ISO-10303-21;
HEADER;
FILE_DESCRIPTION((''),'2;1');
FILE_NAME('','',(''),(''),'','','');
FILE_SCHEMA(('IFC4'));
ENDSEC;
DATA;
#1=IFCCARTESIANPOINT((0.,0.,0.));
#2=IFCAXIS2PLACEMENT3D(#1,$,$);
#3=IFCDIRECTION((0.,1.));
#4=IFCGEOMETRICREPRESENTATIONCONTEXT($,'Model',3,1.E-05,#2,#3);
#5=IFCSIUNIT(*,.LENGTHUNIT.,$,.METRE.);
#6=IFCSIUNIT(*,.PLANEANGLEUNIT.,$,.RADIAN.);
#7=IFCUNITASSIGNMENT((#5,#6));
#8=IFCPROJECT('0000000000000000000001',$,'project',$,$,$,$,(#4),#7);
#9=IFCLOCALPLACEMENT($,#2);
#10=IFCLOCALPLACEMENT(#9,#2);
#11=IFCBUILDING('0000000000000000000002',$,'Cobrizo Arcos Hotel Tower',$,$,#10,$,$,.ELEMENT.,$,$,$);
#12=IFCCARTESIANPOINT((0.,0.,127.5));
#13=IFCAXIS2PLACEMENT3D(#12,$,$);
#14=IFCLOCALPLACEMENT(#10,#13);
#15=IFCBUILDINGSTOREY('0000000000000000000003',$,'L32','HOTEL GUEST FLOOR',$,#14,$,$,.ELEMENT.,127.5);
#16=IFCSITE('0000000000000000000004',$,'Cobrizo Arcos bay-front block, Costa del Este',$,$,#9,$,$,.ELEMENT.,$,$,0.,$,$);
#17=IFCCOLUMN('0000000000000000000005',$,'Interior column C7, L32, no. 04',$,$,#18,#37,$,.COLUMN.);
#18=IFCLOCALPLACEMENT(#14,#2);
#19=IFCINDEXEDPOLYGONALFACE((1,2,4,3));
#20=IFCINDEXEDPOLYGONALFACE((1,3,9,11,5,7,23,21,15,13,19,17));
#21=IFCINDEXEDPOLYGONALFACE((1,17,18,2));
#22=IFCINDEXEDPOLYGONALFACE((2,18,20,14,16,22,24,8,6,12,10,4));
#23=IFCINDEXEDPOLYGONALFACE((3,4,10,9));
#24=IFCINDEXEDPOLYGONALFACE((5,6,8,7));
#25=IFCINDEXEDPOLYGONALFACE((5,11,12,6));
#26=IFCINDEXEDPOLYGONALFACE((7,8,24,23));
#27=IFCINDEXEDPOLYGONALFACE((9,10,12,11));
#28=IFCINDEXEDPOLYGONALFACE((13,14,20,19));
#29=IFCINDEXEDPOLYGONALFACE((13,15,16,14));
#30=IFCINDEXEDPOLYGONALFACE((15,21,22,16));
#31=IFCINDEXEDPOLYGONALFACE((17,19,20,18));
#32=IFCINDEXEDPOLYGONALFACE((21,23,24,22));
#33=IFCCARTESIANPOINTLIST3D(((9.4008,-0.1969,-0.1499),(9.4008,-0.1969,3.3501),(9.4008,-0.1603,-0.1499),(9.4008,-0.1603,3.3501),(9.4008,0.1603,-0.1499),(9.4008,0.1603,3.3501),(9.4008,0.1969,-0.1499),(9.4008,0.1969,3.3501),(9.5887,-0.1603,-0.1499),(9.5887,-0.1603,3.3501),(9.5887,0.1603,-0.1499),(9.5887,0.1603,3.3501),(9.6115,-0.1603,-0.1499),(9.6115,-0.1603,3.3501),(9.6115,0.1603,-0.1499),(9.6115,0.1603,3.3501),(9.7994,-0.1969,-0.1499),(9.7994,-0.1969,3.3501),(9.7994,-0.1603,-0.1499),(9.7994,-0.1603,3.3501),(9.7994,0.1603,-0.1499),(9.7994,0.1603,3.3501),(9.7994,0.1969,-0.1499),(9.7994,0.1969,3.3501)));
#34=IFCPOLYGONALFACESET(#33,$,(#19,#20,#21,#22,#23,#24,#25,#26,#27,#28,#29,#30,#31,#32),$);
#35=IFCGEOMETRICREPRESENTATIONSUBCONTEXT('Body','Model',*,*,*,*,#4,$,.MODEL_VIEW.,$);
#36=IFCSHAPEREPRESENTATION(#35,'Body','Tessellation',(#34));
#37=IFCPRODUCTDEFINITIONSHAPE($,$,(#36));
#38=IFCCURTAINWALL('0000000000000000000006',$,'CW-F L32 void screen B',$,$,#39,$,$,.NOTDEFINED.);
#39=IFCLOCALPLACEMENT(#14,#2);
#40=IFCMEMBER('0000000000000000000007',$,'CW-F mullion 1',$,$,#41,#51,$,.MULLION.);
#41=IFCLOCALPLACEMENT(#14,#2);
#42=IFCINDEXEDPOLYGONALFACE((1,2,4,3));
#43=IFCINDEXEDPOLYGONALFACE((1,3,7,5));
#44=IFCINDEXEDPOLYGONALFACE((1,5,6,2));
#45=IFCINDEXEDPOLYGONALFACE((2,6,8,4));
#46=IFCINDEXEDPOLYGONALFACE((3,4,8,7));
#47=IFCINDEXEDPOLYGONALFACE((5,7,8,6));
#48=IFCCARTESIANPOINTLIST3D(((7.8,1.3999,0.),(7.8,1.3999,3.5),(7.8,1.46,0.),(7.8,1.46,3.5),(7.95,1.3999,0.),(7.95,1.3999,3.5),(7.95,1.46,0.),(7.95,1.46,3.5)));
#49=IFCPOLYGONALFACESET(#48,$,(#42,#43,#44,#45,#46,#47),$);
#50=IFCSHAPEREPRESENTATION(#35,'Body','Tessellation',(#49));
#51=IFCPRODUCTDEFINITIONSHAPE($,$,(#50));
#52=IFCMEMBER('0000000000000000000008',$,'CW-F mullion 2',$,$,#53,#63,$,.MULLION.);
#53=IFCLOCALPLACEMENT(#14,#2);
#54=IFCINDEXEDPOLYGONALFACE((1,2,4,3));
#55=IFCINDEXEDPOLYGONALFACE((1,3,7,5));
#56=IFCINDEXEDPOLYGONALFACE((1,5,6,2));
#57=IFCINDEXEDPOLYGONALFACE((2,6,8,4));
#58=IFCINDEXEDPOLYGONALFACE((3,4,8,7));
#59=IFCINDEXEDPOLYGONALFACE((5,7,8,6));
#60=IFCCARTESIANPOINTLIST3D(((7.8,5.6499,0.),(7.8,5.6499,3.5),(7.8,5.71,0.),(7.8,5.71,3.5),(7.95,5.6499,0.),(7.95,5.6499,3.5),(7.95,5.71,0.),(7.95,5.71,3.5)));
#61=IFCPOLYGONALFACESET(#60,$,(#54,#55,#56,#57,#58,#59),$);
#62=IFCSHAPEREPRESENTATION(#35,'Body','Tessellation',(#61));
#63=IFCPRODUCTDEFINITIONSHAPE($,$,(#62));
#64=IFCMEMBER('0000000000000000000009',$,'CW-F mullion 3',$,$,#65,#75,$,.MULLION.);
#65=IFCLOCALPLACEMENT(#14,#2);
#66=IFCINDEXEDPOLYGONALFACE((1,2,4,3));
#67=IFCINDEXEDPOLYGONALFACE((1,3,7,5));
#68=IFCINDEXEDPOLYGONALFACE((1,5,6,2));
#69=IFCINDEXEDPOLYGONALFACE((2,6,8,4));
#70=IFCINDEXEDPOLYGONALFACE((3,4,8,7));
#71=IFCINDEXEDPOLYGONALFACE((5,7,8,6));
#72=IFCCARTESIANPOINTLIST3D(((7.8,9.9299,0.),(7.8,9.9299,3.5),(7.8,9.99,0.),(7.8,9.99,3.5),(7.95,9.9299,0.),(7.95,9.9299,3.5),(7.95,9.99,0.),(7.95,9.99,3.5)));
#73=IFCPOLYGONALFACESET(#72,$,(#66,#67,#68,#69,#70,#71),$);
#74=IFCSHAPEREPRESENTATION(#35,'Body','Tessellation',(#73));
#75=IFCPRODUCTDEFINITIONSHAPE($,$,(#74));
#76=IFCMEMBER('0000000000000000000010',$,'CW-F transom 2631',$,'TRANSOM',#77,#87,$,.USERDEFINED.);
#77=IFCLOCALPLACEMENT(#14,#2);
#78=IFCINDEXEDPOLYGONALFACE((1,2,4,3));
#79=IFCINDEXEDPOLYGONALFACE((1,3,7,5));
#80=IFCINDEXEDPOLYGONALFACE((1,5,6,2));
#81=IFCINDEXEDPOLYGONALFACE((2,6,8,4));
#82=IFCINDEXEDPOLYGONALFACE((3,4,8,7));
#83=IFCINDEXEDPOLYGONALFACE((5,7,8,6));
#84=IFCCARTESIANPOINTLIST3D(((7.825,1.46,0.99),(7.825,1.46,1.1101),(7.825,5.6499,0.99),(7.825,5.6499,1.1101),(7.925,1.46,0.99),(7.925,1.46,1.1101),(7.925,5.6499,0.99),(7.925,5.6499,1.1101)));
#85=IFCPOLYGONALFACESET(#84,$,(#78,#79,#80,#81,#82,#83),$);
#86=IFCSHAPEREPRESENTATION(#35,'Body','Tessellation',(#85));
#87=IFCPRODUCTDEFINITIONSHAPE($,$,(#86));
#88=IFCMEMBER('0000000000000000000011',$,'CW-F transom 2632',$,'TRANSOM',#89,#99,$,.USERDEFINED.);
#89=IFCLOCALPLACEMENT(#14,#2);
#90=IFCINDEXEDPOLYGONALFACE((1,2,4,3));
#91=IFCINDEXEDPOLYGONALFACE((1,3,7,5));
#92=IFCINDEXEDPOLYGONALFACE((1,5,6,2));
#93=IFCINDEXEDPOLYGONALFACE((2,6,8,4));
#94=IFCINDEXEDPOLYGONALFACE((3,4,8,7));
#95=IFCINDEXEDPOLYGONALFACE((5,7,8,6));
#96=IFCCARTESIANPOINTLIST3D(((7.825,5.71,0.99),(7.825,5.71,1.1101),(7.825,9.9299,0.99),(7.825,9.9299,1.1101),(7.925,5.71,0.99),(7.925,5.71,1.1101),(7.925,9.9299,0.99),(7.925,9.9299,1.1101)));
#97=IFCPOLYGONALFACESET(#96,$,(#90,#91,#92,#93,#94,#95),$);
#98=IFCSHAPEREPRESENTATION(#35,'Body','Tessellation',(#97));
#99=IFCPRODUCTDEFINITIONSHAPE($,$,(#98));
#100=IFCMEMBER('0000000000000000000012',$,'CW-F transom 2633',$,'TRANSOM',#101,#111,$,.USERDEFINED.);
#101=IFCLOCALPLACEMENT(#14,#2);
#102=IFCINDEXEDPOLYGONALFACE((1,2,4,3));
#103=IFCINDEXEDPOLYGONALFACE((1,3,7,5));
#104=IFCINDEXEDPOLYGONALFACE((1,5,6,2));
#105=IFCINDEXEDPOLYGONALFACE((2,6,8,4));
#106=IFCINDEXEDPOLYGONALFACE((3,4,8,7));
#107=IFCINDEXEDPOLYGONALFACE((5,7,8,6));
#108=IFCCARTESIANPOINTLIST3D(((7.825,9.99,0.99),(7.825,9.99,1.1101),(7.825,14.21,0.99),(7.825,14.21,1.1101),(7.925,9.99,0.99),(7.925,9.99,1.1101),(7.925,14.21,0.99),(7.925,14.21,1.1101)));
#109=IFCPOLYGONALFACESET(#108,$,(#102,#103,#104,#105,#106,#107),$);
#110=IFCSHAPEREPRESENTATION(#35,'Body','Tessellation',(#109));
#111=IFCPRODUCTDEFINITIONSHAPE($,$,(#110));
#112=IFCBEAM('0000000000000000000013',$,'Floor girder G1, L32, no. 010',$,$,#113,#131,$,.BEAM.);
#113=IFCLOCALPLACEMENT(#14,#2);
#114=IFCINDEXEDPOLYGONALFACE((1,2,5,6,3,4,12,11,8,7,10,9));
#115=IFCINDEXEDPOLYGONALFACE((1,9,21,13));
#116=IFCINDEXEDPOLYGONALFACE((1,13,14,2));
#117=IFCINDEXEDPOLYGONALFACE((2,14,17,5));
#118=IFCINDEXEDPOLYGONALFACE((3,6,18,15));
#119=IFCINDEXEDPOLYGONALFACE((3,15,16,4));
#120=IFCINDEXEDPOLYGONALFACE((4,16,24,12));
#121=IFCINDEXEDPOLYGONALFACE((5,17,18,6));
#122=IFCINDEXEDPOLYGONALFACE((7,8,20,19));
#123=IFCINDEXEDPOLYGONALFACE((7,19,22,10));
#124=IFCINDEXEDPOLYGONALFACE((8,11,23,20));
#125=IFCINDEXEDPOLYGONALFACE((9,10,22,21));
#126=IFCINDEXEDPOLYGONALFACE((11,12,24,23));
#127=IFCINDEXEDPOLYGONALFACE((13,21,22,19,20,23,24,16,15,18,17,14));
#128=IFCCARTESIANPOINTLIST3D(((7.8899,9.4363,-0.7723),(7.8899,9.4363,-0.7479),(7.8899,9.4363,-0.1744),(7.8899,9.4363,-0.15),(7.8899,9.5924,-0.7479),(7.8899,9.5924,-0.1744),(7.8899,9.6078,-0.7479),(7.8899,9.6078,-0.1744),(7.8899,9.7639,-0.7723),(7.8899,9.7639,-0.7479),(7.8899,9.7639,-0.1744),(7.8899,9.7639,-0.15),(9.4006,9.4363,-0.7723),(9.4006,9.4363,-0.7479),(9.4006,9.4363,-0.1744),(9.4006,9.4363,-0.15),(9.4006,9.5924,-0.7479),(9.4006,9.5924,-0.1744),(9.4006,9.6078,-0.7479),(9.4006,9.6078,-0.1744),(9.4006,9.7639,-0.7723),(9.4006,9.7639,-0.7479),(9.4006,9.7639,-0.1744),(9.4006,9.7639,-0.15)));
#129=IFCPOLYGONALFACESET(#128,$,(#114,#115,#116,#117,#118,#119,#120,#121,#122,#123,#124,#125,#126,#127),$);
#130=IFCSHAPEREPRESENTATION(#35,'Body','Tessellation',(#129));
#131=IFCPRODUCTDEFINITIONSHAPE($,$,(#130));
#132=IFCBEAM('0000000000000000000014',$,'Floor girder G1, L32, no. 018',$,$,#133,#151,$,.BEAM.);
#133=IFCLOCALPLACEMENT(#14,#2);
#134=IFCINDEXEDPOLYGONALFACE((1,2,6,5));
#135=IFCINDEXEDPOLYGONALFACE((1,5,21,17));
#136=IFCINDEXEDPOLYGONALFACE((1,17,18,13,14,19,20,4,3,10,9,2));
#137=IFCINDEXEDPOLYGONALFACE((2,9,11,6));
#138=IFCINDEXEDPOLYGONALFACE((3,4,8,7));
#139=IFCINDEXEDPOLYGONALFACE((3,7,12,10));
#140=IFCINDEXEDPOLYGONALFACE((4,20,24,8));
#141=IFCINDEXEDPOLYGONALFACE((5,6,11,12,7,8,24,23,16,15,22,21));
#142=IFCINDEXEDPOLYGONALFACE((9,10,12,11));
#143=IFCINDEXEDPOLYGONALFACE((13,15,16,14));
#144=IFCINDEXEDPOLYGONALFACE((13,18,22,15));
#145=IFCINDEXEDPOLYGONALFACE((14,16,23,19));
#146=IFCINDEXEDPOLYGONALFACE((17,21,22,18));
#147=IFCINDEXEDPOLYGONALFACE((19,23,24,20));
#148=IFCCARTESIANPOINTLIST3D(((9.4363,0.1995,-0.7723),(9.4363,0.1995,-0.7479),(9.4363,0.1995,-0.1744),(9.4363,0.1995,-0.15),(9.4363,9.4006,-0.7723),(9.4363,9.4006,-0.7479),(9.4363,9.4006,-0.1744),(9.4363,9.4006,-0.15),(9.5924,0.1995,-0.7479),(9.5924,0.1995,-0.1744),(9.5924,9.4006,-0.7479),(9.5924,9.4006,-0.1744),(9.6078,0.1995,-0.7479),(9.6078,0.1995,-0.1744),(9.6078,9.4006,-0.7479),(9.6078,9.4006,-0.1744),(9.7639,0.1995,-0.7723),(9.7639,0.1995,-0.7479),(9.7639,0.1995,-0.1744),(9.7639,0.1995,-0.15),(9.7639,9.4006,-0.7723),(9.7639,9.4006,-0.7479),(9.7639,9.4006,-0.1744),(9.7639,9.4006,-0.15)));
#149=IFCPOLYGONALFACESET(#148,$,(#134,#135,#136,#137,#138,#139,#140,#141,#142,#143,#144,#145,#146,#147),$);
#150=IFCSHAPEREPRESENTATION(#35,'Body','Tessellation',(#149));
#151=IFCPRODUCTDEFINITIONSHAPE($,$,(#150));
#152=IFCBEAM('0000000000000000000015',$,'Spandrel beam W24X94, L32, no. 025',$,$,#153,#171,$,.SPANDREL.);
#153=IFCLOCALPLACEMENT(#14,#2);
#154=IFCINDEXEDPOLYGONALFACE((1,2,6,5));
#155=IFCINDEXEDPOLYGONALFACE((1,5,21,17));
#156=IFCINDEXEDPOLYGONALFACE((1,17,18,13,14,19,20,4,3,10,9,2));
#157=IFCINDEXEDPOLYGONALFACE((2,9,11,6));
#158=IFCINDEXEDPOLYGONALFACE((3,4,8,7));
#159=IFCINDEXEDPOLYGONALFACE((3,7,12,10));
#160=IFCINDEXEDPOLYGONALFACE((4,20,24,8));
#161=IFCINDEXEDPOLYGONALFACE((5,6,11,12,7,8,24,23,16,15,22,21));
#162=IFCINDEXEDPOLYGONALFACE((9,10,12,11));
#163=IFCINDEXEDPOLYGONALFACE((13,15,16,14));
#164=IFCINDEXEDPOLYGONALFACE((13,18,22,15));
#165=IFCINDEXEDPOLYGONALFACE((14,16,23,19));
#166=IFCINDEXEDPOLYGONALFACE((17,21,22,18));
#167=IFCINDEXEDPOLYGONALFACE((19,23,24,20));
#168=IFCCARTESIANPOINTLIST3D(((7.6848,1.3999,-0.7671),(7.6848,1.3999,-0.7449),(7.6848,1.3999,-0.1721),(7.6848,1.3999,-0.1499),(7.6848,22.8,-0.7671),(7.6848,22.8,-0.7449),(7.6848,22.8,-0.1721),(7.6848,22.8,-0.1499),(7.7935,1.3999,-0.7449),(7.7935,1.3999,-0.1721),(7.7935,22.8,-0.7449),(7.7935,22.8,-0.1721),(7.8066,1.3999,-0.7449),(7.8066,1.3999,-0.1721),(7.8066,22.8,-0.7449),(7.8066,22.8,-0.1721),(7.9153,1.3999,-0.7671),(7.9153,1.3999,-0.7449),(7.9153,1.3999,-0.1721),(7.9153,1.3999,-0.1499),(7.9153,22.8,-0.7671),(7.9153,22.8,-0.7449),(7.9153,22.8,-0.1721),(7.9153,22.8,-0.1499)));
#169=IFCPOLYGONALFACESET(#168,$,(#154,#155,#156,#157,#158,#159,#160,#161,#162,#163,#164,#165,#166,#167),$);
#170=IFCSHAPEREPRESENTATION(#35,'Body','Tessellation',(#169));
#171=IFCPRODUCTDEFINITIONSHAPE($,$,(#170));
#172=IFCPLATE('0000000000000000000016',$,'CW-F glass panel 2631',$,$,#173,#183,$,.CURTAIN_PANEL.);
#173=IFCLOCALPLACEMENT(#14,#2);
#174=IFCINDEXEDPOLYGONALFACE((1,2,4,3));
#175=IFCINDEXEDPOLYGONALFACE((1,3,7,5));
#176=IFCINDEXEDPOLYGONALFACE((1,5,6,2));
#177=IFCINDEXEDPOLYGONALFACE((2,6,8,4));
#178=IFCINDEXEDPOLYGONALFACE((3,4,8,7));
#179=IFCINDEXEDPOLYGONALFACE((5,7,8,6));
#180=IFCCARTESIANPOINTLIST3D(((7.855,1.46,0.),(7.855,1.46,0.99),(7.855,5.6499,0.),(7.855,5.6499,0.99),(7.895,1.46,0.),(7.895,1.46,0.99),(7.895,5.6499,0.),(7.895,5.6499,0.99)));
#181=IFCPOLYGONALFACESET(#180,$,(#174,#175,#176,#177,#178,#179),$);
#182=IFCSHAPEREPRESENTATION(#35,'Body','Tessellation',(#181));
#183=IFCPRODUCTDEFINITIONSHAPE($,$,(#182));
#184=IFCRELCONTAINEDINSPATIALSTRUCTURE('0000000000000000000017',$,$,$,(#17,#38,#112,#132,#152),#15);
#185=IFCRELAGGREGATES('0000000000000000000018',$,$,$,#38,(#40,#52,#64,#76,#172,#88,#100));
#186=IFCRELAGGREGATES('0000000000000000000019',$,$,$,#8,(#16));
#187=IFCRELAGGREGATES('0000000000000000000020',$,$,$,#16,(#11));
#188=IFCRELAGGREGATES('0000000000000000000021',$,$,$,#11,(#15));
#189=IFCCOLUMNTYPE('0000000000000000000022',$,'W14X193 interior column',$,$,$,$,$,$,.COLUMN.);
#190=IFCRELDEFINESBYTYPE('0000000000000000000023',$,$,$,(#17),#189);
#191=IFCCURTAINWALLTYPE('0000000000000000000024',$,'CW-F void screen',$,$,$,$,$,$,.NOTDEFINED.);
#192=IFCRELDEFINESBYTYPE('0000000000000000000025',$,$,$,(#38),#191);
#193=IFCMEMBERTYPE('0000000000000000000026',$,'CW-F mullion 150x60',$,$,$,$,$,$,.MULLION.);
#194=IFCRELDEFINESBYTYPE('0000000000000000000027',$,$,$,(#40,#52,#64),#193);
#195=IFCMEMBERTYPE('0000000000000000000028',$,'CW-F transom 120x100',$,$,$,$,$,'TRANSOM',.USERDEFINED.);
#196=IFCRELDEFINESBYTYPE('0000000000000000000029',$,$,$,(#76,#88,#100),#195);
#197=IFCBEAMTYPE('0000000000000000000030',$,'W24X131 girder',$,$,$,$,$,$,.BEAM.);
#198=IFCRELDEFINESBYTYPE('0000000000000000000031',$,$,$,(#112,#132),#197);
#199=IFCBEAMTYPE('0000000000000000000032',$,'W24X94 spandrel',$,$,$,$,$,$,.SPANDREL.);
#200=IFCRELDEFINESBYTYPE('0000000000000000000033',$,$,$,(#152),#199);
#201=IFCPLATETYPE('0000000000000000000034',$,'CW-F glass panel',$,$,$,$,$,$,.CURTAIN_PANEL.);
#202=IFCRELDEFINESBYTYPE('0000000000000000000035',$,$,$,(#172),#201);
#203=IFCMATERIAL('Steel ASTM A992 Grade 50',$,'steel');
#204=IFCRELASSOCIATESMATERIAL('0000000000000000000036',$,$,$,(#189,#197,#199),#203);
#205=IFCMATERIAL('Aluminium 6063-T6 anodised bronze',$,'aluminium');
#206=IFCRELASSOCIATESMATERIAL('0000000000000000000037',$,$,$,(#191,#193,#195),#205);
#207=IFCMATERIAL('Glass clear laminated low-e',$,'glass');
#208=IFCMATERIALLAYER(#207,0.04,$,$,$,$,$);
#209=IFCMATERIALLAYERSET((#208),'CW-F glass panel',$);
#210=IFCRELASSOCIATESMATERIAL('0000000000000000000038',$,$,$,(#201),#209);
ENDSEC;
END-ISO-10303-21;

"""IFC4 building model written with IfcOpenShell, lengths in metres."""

from ifc_helpers import new_model, si_unit, direction, frame, origin, origin_2d, place, context, subcontext, project, spatial, rectangle, i_section, extrude, material, layer, layer_set, material_profile, profile_set, type_object, element, aggregate, save


model = new_model("IFC4")

# Units and contexts
model_context = context("Model", 3, precision=1e-05, world=origin(), true_north=direction((0.0, 1.0)))
body_context = subcontext(model_context, "Body", "Model", "MODEL_VIEW")
ifc_project = project(units=[si_unit("LENGTHUNIT", "METRE"), si_unit("PLANEANGLEUNIT", "RADIAN")], contexts=[model_context])

# Site, building, storey
site_placement = place(None, origin())
site = spatial("IfcSite", under=ifc_project, at=site_placement, Name="Cobrizo Arcos bay-front block, Costa del Este", CompositionType="ELEMENT", RefElevation=0.0)
building_placement = place(site_placement, origin())
building = spatial("IfcBuilding", under=site, at=building_placement, Name="Cobrizo Arcos Hotel Tower", CompositionType="ELEMENT")
storey_placement = place(building_placement, frame((0.0, 0.0, 127.5)))
storey = spatial("IfcBuildingStorey", under=building, at=storey_placement, Name="L32", Description="HOTEL GUEST FLOOR", CompositionType="ELEMENT", Elevation=127.5)

# Column
ifc_material_1 = material(Name="Steel ASTM A992 Grade 50", Category="steel")
ifc_material_profile_1 = material_profile(ifc_material_1, i_section(OverallWidth=0.3987, OverallDepth=0.3938, WebThickness=0.0227, FlangeThickness=0.0366, at=origin_2d()), Name="W14X193")
ifc_profile_set_1 = profile_set([ifc_material_profile_1], Name="Steel ASTM A992 Grade 50")
column_type = type_object("IfcColumnType", Name="W14X193 interior column", PredefinedType="COLUMN", material=ifc_profile_set_1)
column_placement = place(storey_placement, frame((9.6001, 0.0, -0.1499), z_axis=(0.0, 0.0, 1.0), x_axis=(1.0, 0.0, 0.0)))
element("IfcColumn", 1, at=column_placement, inside=storey, type_object=column_type, Name="Interior column C7, L32, no. 04", PredefinedType="COLUMN", context=body_context, shape_type="SweptSolid", body=[
    extrude(i_section(OverallWidth=0.3987, OverallDepth=0.3938, WebThickness=0.0227, FlangeThickness=0.0366, at=origin_2d()), origin(), (0.0, 0.0, 1.0), 3.5),
])

# Curtain wall, members
ifc_material_2 = material(Name="Aluminium 6063-T6 anodised bronze", Category="aluminium")
curtain_wall_type = type_object("IfcCurtainWallType", Name="CW-F void screen", PredefinedType="NOTDEFINED", material=ifc_material_2)
curtain_wall_placement = place(storey_placement, origin())
curtain_wall = element("IfcCurtainWall", 2, at=curtain_wall_placement, inside=storey, type_object=curtain_wall_type, Name="CW-F L32 void screen B", PredefinedType="NOTDEFINED")
ifc_material_profile_2 = material_profile(ifc_material_2, rectangle(XDim=0.1499, YDim=0.0601, at=origin_2d()), Name="CW-F mullion 150x60")
ifc_profile_set_2 = profile_set([ifc_material_profile_2], Name="Aluminium 6063-T6 anodised bronze")
member_type_1 = type_object("IfcMemberType", Name="CW-F mullion 150x60", PredefinedType="MULLION", material=ifc_profile_set_2)
member_1_placement = place(storey_placement, frame((7.875, 1.4299, 0.0), z_axis=(0.0, 0.0, 1.0), x_axis=(1.0, 0.0, 0.0)))
member_1 = element("IfcMember", 3, at=member_1_placement, type_object=member_type_1, Name="CW-F mullion 1", PredefinedType="MULLION", context=body_context, shape_type="SweptSolid", body=[
    extrude(rectangle(XDim=0.1499, YDim=0.0601, at=origin_2d()), origin(), (0.0, 0.0, 1.0), 3.5),
])
member_2_placement = place(storey_placement, frame((7.875, 5.6799, 0.0), z_axis=(0.0, 0.0, 1.0), x_axis=(1.0, 0.0, 0.0)))
member_2 = element("IfcMember", 4, at=member_2_placement, type_object=member_type_1, Name="CW-F mullion 2", PredefinedType="MULLION", context=body_context, shape_type="SweptSolid", body=[
    extrude(rectangle(XDim=0.1499, YDim=0.0601, at=origin_2d()), origin(), (0.0, 0.0, 1.0), 3.5),
])
member_3_placement = place(storey_placement, frame((7.875, 9.96, 0.0), z_axis=(0.0, 0.0, 1.0), x_axis=(1.0, 0.0, 0.0)))
member_3 = element("IfcMember", 5, at=member_3_placement, type_object=member_type_1, Name="CW-F mullion 3", PredefinedType="MULLION", context=body_context, shape_type="SweptSolid", body=[
    extrude(rectangle(XDim=0.1499, YDim=0.0601, at=origin_2d()), origin(), (0.0, 0.0, 1.0), 3.5),
])
ifc_material_profile_3 = material_profile(ifc_material_2, rectangle(XDim=0.1001, YDim=0.1201, at=origin_2d()), Name="CW-F transom 120x100")
ifc_profile_set_3 = profile_set([ifc_material_profile_3], Name="Aluminium 6063-T6 anodised bronze")
member_type_2 = type_object("IfcMemberType", Name="CW-F transom 120x100", ElementType="TRANSOM", PredefinedType="USERDEFINED", material=ifc_profile_set_3)
member_4_placement = place(storey_placement, frame((7.875, 1.46, 1.05), z_axis=(0.0, 1.0, 0.0), x_axis=(-1.0, 0.0, 0.0)))
member_4 = element("IfcMember", 6, at=member_4_placement, type_object=member_type_2, Name="CW-F transom 2631", ObjectType="TRANSOM", PredefinedType="USERDEFINED", context=body_context, shape_type="SweptSolid", body=[
    extrude(rectangle(XDim=0.1001, YDim=0.1201, at=origin_2d()), origin(), (0.0, 0.0, 1.0), 4.1899),
])
member_5_placement = place(storey_placement, frame((7.875, 5.71, 1.05), z_axis=(0.0, 1.0, 0.0), x_axis=(-1.0, 0.0, 0.0)))
member_5 = element("IfcMember", 7, at=member_5_placement, type_object=member_type_2, Name="CW-F transom 2632", ObjectType="TRANSOM", PredefinedType="USERDEFINED", context=body_context, shape_type="SweptSolid", body=[
    extrude(rectangle(XDim=0.1001, YDim=0.1201, at=origin_2d()), origin(), (0.0, 0.0, 1.0), 4.22),
])
member_6_placement = place(storey_placement, frame((7.875, 9.99, 1.05), z_axis=(0.0, 1.0, 0.0), x_axis=(-1.0, 0.0, 0.0)))
member_6 = element("IfcMember", 8, at=member_6_placement, type_object=member_type_2, Name="CW-F transom 2633", ObjectType="TRANSOM", PredefinedType="USERDEFINED", context=body_context, shape_type="SweptSolid", body=[
    extrude(rectangle(XDim=0.1001, YDim=0.1201, at=origin_2d()), origin(), (0.0, 0.0, 1.0), 4.22),
])

# Beams
ifc_material_profile_4 = material_profile(ifc_material_1, i_section(OverallWidth=0.3276, OverallDepth=0.6223, WebThickness=0.0154, FlangeThickness=0.0244, at=origin_2d()), Name="W24X131")
ifc_profile_set_4 = profile_set([ifc_material_profile_4], Name="Steel ASTM A992 Grade 50")
beam_type_1 = type_object("IfcBeamType", Name="W24X131 girder", PredefinedType="BEAM", material=ifc_profile_set_4)
beam_1_placement = place(storey_placement, frame((7.8899, 9.6001, -0.4612), z_axis=(1.0, 0.0, 0.0), x_axis=(0.0, 1.0, 0.0)))
element("IfcBeam", 9, at=beam_1_placement, inside=storey, type_object=beam_type_1, Name="Floor girder G1, L32, no. 010", PredefinedType="BEAM", context=body_context, shape_type="SweptSolid", body=[
    extrude(i_section(OverallWidth=0.3276, OverallDepth=0.6223, WebThickness=0.0154, FlangeThickness=0.0244, at=origin_2d()), origin(), (0.0, 0.0, 1.0), 1.5107),
])
beam_2_placement = place(storey_placement, frame((9.6001, 0.1995, -0.4612), z_axis=(0.0, 1.0, 0.0), x_axis=(-1.0, 0.0, 0.0)))
element("IfcBeam", 10, at=beam_2_placement, inside=storey, type_object=beam_type_1, Name="Floor girder G1, L32, no. 018", PredefinedType="BEAM", context=body_context, shape_type="SweptSolid", body=[
    extrude(i_section(OverallWidth=0.3276, OverallDepth=0.6223, WebThickness=0.0154, FlangeThickness=0.0244, at=origin_2d()), origin(), (0.0, 0.0, 1.0), 9.2012),
])
ifc_material_profile_5 = material_profile(ifc_material_1, i_section(OverallWidth=0.2305, OverallDepth=0.6172, WebThickness=0.0132, FlangeThickness=0.0222, at=origin_2d()), Name="W24X94")
ifc_profile_set_5 = profile_set([ifc_material_profile_5], Name="Steel ASTM A992 Grade 50")
beam_type_2 = type_object("IfcBeamType", Name="W24X94 spandrel", PredefinedType="SPANDREL", material=ifc_profile_set_5)
beam_3_placement = place(storey_placement, frame((7.8, 1.3999, -0.4585), z_axis=(0.0, 1.0, 0.0), x_axis=(-1.0, 0.0, 0.0)))
element("IfcBeam", 11, at=beam_3_placement, inside=storey, type_object=beam_type_2, Name="Spandrel beam W24X94, L32, no. 025", PredefinedType="SPANDREL", context=body_context, shape_type="SweptSolid", body=[
    extrude(i_section(OverallWidth=0.2305, OverallDepth=0.6172, WebThickness=0.0132, FlangeThickness=0.0222, at=origin_2d()), origin(), (0.0, 0.0, 1.0), 21.4001),
])

# Plate
ifc_material_3 = material(Name="Glass clear laminated low-e", Category="glass")
ifc_layer_1 = layer(ifc_material_3, 0.04)
ifc_layer_set_1 = layer_set([ifc_layer_1], Name="CW-F glass panel")
plate_type = type_object("IfcPlateType", Name="CW-F glass panel", PredefinedType="CURTAIN_PANEL", material=ifc_layer_set_1)
plate_1_placement = place(storey_placement, frame((7.875, 3.5549, 0.0), z_axis=(0.0, 0.0, 1.0), x_axis=(0.0, 1.0, 0.0)))
plate_1 = element("IfcPlate", 12, at=plate_1_placement, type_object=plate_type, Name="CW-F glass panel 2631", PredefinedType="CURTAIN_PANEL", context=body_context, shape_type="SweptSolid", body=[
    extrude(rectangle(XDim=4.1899, YDim=0.04, at=origin_2d()), origin(), (0.0, 0.0, 1.0), 0.99),
])
aggregate(curtain_wall, [member_1, member_2, member_3, member_4, plate_1, member_5, member_6])

save(model, "model.ifc")
